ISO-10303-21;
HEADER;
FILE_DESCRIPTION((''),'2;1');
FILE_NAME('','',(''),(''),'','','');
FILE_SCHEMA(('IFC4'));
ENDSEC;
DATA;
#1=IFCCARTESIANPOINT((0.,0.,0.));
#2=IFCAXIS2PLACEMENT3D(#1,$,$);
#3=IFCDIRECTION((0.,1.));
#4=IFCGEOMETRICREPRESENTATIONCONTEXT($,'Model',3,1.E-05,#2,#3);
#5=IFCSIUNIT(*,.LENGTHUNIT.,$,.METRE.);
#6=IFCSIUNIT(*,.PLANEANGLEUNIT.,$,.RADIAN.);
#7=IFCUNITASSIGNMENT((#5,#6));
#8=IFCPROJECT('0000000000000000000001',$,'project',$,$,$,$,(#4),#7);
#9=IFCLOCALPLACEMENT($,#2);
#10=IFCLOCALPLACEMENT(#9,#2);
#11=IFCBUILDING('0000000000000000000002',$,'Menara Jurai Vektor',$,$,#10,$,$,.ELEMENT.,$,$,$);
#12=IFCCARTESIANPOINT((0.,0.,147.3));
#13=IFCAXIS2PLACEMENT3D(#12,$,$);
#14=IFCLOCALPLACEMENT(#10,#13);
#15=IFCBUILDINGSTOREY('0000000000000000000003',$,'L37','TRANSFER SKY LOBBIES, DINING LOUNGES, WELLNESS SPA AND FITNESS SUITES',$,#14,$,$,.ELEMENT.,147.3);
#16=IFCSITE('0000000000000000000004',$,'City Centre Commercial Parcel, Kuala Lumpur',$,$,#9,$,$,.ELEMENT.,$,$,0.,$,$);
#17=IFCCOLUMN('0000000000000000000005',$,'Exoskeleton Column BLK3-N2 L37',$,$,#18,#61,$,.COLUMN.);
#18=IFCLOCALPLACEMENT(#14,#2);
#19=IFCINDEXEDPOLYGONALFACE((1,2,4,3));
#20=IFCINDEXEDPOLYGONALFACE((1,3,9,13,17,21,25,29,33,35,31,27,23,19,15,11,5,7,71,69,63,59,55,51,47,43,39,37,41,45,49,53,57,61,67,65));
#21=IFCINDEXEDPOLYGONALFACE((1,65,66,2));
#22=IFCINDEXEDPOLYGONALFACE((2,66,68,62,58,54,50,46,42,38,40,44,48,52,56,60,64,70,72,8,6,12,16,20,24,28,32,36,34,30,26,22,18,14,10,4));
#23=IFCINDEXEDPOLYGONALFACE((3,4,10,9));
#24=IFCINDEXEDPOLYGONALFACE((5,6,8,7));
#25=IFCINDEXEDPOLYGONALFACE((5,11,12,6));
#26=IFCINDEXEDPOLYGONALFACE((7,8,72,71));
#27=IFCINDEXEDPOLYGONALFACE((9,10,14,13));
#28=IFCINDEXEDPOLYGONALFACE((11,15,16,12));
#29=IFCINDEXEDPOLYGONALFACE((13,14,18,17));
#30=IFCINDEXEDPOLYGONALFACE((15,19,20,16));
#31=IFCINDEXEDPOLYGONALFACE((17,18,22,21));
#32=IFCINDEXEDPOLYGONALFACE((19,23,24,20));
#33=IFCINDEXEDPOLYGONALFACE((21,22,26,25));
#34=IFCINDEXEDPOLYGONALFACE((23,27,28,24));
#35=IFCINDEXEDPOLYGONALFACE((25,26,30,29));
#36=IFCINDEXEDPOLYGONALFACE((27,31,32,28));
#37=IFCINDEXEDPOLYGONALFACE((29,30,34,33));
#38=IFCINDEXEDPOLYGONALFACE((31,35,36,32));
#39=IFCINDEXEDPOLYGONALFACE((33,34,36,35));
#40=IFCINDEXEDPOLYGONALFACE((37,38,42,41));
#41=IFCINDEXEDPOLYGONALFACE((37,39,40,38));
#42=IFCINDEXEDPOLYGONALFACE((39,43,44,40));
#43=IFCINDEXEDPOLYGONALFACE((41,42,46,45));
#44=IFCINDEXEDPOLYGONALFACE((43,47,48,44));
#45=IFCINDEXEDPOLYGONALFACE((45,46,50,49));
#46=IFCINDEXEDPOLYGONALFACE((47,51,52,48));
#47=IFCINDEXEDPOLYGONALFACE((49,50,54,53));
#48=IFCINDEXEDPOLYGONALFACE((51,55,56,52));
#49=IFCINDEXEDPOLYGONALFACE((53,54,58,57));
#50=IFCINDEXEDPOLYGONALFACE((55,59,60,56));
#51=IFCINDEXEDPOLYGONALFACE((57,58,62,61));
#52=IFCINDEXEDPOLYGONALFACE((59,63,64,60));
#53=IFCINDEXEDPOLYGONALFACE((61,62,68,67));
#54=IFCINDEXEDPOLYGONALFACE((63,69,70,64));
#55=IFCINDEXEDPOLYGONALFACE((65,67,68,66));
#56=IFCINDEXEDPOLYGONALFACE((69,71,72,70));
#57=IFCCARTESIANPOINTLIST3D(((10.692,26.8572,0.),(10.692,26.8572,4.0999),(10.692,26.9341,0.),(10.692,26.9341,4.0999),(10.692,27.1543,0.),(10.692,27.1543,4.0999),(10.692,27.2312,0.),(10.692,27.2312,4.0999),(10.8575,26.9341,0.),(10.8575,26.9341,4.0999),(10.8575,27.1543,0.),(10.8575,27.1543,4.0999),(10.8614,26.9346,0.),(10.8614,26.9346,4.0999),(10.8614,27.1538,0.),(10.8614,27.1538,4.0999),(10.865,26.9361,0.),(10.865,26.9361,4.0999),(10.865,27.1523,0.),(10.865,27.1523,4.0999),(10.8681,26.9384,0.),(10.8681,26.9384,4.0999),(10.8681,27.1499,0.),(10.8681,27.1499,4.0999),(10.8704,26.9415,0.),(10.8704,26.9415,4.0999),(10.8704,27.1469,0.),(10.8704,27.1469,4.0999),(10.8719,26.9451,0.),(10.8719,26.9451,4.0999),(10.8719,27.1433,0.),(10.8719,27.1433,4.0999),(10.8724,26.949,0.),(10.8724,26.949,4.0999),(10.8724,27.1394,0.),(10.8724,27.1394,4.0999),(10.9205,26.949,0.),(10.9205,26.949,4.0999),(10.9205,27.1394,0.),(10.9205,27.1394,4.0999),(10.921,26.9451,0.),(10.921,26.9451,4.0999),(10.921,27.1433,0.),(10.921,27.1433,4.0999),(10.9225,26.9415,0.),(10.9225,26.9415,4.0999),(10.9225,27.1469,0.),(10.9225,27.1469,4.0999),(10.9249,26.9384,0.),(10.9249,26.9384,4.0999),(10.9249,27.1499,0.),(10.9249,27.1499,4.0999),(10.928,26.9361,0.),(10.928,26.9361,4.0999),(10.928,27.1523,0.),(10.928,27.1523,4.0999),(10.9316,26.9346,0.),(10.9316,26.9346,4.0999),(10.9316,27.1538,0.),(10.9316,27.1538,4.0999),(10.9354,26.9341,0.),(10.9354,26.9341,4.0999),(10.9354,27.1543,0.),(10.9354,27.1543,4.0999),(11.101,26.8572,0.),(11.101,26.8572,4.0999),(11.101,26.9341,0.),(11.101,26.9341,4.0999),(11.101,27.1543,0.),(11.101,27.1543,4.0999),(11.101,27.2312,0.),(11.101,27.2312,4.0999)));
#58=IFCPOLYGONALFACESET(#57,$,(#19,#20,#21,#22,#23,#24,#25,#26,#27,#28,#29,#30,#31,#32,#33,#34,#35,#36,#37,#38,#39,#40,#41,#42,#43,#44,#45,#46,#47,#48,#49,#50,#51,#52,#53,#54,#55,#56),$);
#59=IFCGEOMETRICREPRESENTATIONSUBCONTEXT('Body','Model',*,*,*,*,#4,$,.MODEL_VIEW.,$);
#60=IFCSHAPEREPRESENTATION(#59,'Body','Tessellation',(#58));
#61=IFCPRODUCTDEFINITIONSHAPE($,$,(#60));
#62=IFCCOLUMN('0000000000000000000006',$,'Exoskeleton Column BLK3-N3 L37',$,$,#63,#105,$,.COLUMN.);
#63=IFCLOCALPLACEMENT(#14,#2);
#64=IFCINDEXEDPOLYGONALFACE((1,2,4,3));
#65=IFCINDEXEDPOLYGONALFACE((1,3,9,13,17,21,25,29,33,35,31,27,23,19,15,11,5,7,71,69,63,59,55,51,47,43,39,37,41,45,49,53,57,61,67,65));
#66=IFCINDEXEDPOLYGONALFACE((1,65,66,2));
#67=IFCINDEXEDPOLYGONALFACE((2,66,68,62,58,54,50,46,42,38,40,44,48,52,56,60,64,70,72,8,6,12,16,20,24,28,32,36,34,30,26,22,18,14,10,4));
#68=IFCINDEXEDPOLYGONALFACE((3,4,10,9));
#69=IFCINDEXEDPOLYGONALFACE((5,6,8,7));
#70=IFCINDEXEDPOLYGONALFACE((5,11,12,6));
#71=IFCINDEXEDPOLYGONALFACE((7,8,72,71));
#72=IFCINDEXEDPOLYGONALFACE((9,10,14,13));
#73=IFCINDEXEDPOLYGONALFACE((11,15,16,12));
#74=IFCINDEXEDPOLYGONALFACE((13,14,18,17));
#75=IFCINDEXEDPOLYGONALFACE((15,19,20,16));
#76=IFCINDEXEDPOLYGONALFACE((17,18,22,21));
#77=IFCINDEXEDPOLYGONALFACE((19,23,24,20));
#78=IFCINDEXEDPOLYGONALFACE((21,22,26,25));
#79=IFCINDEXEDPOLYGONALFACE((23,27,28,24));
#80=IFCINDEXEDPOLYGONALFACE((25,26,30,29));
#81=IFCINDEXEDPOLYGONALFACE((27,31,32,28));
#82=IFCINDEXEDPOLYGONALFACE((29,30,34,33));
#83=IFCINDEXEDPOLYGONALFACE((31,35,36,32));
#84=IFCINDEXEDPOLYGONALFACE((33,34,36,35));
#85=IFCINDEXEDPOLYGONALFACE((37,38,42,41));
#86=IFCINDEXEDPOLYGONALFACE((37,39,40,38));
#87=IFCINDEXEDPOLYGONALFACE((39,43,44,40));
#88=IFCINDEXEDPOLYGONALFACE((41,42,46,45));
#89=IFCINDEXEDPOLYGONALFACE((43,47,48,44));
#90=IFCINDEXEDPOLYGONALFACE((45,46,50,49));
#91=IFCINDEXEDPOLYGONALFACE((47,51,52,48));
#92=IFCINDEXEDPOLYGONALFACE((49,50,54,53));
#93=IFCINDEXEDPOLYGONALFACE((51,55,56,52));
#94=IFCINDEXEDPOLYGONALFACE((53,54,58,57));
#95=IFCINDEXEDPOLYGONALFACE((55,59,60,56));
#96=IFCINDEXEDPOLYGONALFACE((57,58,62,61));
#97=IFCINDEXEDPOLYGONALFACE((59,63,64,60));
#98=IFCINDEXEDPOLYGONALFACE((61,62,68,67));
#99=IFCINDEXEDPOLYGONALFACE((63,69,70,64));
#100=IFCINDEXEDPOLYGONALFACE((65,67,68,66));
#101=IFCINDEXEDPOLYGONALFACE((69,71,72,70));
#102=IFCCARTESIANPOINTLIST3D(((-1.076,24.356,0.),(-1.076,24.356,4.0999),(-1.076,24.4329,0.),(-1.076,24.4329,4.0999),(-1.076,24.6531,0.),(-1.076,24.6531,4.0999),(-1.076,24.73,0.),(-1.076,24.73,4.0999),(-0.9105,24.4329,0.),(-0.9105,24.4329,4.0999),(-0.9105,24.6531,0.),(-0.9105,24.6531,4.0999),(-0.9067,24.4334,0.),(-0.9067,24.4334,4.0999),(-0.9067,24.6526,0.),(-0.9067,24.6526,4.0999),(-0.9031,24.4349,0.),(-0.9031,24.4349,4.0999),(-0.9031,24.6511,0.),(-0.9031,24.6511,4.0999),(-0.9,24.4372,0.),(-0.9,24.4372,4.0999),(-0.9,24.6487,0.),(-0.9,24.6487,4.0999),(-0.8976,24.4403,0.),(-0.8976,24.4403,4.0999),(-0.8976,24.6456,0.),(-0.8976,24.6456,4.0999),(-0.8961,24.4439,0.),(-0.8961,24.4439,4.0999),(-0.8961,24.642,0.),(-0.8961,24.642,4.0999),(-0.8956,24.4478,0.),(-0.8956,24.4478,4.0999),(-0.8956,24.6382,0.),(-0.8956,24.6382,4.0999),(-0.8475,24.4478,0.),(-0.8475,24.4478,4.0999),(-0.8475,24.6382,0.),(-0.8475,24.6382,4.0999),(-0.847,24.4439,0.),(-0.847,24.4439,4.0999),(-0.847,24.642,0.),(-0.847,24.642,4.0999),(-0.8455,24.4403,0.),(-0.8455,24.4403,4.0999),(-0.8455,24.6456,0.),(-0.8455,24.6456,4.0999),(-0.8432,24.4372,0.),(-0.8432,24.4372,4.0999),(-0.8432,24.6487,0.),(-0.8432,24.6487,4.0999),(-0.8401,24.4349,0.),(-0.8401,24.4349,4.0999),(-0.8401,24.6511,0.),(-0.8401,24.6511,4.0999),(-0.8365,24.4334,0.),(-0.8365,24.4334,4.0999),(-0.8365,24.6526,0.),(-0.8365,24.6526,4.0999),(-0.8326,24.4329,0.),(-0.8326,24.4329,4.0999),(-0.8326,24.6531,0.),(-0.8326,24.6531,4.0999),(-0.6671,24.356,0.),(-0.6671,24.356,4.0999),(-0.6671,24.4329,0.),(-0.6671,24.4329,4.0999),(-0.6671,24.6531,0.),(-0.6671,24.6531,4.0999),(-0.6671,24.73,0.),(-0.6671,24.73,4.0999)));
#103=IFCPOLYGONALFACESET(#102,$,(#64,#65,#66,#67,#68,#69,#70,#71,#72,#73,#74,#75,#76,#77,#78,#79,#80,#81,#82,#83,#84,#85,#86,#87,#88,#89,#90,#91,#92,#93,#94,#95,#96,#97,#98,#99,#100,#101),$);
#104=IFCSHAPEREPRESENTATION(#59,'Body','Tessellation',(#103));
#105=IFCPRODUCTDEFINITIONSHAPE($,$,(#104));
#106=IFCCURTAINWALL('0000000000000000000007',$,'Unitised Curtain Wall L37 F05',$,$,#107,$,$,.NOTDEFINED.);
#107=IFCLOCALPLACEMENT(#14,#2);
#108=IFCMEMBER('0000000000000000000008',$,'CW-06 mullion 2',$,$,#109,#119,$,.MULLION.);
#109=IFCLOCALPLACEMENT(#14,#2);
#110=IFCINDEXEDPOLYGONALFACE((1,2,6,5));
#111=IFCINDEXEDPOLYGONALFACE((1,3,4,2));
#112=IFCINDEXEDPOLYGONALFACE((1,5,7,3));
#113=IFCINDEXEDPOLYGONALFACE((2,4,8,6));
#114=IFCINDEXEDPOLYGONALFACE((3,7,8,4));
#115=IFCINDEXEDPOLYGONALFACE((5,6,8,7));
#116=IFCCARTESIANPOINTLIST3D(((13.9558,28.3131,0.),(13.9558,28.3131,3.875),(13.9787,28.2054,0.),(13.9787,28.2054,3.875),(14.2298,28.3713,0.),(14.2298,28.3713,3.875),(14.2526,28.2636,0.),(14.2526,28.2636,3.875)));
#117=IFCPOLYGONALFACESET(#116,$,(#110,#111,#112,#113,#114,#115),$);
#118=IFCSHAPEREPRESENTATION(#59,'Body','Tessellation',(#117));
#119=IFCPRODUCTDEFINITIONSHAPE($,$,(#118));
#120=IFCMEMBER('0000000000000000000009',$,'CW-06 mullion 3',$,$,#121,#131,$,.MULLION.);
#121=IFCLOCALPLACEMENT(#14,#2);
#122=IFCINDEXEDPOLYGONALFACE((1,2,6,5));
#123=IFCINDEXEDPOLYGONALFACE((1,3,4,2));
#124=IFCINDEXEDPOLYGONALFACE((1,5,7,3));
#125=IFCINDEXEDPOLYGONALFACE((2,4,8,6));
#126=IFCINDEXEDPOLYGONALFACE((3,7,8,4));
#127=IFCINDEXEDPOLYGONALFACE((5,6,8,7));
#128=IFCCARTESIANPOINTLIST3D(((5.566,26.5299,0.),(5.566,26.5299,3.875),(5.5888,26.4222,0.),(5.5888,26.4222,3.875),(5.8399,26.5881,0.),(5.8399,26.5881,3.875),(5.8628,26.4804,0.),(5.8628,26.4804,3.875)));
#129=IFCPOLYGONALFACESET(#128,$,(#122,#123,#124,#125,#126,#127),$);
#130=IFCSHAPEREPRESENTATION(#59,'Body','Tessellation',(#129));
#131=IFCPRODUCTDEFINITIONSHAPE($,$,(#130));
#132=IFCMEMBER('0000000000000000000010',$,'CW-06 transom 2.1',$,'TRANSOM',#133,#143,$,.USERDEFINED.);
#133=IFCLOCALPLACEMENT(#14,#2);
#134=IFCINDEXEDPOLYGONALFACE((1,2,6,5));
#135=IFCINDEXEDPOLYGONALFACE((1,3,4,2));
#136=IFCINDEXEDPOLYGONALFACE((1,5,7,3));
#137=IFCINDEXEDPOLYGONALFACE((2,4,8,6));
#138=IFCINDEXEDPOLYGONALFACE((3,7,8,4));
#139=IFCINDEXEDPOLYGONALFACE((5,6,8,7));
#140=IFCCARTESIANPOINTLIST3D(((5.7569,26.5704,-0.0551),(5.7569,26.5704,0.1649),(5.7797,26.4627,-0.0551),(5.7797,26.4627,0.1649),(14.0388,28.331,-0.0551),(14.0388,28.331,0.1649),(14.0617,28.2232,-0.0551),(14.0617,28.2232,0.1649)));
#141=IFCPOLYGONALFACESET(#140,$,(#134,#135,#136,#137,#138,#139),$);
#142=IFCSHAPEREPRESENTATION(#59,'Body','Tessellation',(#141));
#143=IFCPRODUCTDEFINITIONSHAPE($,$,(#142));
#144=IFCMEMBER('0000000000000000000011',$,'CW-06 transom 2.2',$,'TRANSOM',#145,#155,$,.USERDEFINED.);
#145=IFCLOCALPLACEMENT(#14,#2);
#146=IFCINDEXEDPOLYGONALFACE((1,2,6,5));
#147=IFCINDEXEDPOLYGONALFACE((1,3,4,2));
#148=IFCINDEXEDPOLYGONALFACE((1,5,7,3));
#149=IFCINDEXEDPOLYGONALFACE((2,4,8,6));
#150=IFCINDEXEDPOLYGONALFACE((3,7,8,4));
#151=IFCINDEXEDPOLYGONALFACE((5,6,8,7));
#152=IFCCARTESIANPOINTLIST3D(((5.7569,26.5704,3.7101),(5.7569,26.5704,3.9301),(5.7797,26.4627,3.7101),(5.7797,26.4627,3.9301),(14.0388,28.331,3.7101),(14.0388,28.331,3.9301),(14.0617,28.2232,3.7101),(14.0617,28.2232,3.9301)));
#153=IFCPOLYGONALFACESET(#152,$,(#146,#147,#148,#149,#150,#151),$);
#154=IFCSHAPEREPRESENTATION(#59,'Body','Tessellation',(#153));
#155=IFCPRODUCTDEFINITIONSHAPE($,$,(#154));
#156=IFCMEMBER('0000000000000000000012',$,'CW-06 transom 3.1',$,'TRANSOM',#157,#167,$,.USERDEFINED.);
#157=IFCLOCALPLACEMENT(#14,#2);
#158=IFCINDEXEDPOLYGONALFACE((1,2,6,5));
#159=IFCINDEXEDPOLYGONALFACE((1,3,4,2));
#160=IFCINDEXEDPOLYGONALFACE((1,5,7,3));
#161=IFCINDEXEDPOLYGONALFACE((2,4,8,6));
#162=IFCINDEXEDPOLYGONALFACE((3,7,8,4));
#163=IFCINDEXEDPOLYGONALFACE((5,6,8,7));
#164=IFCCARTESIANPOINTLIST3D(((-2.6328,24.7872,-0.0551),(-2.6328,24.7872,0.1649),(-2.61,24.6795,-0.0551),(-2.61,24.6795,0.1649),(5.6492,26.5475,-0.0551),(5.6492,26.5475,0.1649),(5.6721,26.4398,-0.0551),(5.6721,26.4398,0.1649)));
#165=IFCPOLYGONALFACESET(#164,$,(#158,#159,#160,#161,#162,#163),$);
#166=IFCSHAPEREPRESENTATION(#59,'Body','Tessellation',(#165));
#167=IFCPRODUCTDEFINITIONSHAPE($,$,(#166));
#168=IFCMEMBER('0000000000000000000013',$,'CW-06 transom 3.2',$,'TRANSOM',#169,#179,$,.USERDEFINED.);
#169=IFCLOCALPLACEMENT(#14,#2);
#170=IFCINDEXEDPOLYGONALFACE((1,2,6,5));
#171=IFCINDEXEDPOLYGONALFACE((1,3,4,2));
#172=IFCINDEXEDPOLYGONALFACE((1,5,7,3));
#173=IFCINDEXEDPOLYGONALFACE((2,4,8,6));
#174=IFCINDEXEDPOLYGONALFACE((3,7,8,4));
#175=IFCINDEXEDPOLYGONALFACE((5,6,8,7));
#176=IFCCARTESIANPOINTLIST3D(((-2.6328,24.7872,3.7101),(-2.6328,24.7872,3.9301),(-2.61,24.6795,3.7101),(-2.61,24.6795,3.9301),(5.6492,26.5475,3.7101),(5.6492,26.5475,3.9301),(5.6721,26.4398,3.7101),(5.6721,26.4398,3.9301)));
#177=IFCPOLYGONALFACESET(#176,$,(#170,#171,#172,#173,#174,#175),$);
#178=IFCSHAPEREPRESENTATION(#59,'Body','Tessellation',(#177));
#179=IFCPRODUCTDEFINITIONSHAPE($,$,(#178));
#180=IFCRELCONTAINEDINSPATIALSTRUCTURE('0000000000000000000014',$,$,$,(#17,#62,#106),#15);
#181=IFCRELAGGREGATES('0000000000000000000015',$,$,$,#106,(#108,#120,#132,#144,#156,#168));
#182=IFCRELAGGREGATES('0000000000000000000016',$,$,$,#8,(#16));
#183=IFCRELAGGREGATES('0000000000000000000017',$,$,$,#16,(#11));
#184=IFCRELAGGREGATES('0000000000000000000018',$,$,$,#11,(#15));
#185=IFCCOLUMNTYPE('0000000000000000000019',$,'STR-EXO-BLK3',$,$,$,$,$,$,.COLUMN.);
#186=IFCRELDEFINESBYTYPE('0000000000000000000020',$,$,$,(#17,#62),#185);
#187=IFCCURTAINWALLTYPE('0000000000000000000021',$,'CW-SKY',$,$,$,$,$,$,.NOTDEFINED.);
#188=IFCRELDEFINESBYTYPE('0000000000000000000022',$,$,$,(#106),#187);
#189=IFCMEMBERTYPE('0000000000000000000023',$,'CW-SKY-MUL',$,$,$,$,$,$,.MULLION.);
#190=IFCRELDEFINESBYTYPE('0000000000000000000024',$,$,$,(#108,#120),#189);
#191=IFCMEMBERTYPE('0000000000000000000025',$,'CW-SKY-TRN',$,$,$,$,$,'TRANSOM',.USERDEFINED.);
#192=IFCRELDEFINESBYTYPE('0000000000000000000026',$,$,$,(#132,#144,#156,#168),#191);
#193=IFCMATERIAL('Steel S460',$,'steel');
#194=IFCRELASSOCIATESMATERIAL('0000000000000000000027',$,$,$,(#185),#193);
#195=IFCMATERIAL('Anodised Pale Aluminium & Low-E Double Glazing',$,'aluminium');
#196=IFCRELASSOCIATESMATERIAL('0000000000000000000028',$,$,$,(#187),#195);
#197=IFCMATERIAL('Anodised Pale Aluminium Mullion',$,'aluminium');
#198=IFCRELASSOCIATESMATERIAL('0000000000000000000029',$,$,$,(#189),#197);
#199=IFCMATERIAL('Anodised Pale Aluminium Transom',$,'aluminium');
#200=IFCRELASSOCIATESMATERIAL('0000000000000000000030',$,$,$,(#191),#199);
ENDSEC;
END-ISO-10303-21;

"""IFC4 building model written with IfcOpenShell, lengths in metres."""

from ifc_helpers import new_model, si_unit, direction, frame, origin, origin_2d, place, context, subcontext, project, spatial, rectangle, i_section, extrude, material, material_profile, profile_set, type_object, element, aggregate, save


model = new_model("IFC4")

# Units and contexts
model_context = context("Model", 3, precision=1e-05, world=origin(), true_north=direction((0.0, 1.0)))
body_context = subcontext(model_context, "Body", "Model", "MODEL_VIEW")
ifc_project = project(units=[si_unit("LENGTHUNIT", "METRE"), si_unit("PLANEANGLEUNIT", "RADIAN")], contexts=[model_context])

# Site, building, storey
site_placement = place(None, origin())
site = spatial("IfcSite", under=ifc_project, at=site_placement, Name="City Centre Commercial Parcel, Kuala Lumpur", CompositionType="ELEMENT", RefElevation=0.0)
building_placement = place(site_placement, origin())
building = spatial("IfcBuilding", under=site, at=building_placement, Name="Menara Jurai Vektor", CompositionType="ELEMENT")
storey_placement = place(building_placement, frame((0.0, 0.0, 147.3)))
storey = spatial("IfcBuildingStorey", under=building, at=storey_placement, Name="L37", Description="TRANSFER SKY LOBBIES, DINING LOUNGES, WELLNESS SPA AND FITNESS SUITES", CompositionType="ELEMENT", Elevation=147.3)

# Columns
ifc_material_1 = material(Name="Steel S460", Category="steel")
ifc_material_profile_1 = material_profile(ifc_material_1, i_section(OverallWidth=0.4089, OverallDepth=0.374, WebThickness=0.0481, FlangeThickness=0.0769, FilletRadius=0.0149, at=origin_2d()), Name="HD 400x634")
ifc_profile_set_1 = profile_set([ifc_material_profile_1], Name="Steel S460")
column_type = type_object("IfcColumnType", Name="STR-EXO-BLK3", PredefinedType="COLUMN", material=ifc_profile_set_1)
for number, where, z_axis, x_axis, name in (
    (1, (10.8965, 27.0442, 0.0), (0.0, 0.0, 1.0), (1.0, 0.0, 0.0), "Exoskeleton Column BLK3-N2 L37"),
    (2, (-0.8716, 24.543, 0.0), (0.0, 0.0, 1.0), (1.0, 0.0, 0.0), "Exoskeleton Column BLK3-N3 L37"),
):
    element("IfcColumn", number, at=place(storey_placement, frame(where, z_axis=z_axis, x_axis=x_axis)), inside=storey, type_object=column_type, Name=name, PredefinedType="COLUMN", context=body_context, shape_type="SweptSolid", body=[
        extrude(i_section(OverallWidth=0.4089, OverallDepth=0.374, WebThickness=0.0481, FlangeThickness=0.0769, FilletRadius=0.0149, at=origin_2d()), origin(), (0.0, 0.0, 1.0), 4.0999),
    ])

# Curtain wall, members
ifc_material_2 = material(Name="Anodised Pale Aluminium & Low-E Double Glazing", Category="aluminium")
curtain_wall_type = type_object("IfcCurtainWallType", Name="CW-SKY", PredefinedType="NOTDEFINED", material=ifc_material_2)
curtain_wall_placement = place(storey_placement, origin())
curtain_wall = element("IfcCurtainWall", 3, at=curtain_wall_placement, inside=storey, type_object=curtain_wall_type, Name="Unitised Curtain Wall L37 F05", PredefinedType="NOTDEFINED")
ifc_material_3 = material(Name="Anodised Pale Aluminium Mullion", Category="aluminium")
ifc_material_profile_2 = material_profile(ifc_material_3, rectangle(XDim=0.1101, YDim=0.28, at=origin_2d()), Name="ALU MUL 110x280")
ifc_profile_set_2 = profile_set([ifc_material_profile_2], Name="Anodised Pale Aluminium Mullion")
member_type_1 = type_object("IfcMemberType", Name="CW-SKY-MUL", PredefinedType="MULLION", material=ifc_profile_set_2)
member_1_placement = place(storey_placement, frame((14.1042, 28.2883, 0.0), z_axis=(0.0, 0.0, 1.0), x_axis=(0.207911, -0.978148, 0.0)))
member_1 = element("IfcMember", 4, at=member_1_placement, type_object=member_type_1, Name="CW-06 mullion 2", PredefinedType="MULLION", context=body_context, shape_type="SweptSolid", body=[
    extrude(rectangle(XDim=0.1101, YDim=0.28, at=origin_2d()), origin(), (0.0, 0.0, 1.0), 3.875),
])
member_2_placement = place(storey_placement, frame((5.7144, 26.5051, 0.0), z_axis=(0.0, 0.0, 1.0), x_axis=(0.207911, -0.978148, 0.0)))
member_2 = element("IfcMember", 5, at=member_2_placement, type_object=member_type_1, Name="CW-06 mullion 3", PredefinedType="MULLION", context=body_context, shape_type="SweptSolid", body=[
    extrude(rectangle(XDim=0.1101, YDim=0.28, at=origin_2d()), origin(), (0.0, 0.0, 1.0), 3.875),
])
ifc_material_4 = material(Name="Anodised Pale Aluminium Transom", Category="aluminium")
ifc_material_profile_3 = material_profile(ifc_material_4, rectangle(XDim=0.1101, YDim=0.22, at=origin_2d()), Name="ALU TRN 110x220")
ifc_profile_set_3 = profile_set([ifc_material_profile_3], Name="Anodised Pale Aluminium Transom")
member_type_2 = type_object("IfcMemberType", Name="CW-SKY-TRN", ElementType="TRANSOM", PredefinedType="USERDEFINED", material=ifc_profile_set_3)
member_3_placement = place(storey_placement, frame((14.0503, 28.2771, 0.0549), z_axis=(-0.978145, -0.207924, 0.0), x_axis=(0.207924, -0.978145, 0.0)))
member_3 = element("IfcMember", 6, at=member_3_placement, type_object=member_type_2, Name="CW-06 transom 2.1", ObjectType="TRANSOM", PredefinedType="USERDEFINED", context=body_context, shape_type="SweptSolid", body=[
    extrude(rectangle(XDim=0.1101, YDim=0.22, at=origin_2d()), origin(), (0.0, 0.0, 1.0), 8.467),
])
member_4_placement = place(storey_placement, frame((14.0503, 28.2771, 3.8201), z_axis=(-0.978145, -0.207924, 0.0), x_axis=(0.207924, -0.978145, 0.0)))
member_4 = element("IfcMember", 7, at=member_4_placement, type_object=member_type_2, Name="CW-06 transom 2.2", ObjectType="TRANSOM", PredefinedType="USERDEFINED", context=body_context, shape_type="SweptSolid", body=[
    extrude(rectangle(XDim=0.1101, YDim=0.22, at=origin_2d()), origin(), (0.0, 0.0, 1.0), 8.467),
])
member_5_placement = place(storey_placement, frame((5.6606, 26.4937, 0.0549), z_axis=(-0.978151, -0.207896, 0.0), x_axis=(0.207896, -0.978151, 0.0)))
member_5 = element("IfcMember", 8, at=member_5_placement, type_object=member_type_2, Name="CW-06 transom 3.1", ObjectType="TRANSOM", PredefinedType="USERDEFINED", context=body_context, shape_type="SweptSolid", body=[
    extrude(rectangle(XDim=0.1101, YDim=0.22, at=origin_2d()), origin(), (0.0, 0.0, 1.0), 8.467),
])
member_6_placement = place(storey_placement, frame((5.6606, 26.4937, 3.8201), z_axis=(-0.978151, -0.207896, 0.0), x_axis=(0.207896, -0.978151, 0.0)))
member_6 = element("IfcMember", 9, at=member_6_placement, type_object=member_type_2, Name="CW-06 transom 3.2", ObjectType="TRANSOM", PredefinedType="USERDEFINED", context=body_context, shape_type="SweptSolid", body=[
    extrude(rectangle(XDim=0.1101, YDim=0.22, at=origin_2d()), origin(), (0.0, 0.0, 1.0), 8.467),
])

aggregate(curtain_wall, [member_1, member_2, member_3, member_4, member_5, member_6])

save(model, "model.ifc")
